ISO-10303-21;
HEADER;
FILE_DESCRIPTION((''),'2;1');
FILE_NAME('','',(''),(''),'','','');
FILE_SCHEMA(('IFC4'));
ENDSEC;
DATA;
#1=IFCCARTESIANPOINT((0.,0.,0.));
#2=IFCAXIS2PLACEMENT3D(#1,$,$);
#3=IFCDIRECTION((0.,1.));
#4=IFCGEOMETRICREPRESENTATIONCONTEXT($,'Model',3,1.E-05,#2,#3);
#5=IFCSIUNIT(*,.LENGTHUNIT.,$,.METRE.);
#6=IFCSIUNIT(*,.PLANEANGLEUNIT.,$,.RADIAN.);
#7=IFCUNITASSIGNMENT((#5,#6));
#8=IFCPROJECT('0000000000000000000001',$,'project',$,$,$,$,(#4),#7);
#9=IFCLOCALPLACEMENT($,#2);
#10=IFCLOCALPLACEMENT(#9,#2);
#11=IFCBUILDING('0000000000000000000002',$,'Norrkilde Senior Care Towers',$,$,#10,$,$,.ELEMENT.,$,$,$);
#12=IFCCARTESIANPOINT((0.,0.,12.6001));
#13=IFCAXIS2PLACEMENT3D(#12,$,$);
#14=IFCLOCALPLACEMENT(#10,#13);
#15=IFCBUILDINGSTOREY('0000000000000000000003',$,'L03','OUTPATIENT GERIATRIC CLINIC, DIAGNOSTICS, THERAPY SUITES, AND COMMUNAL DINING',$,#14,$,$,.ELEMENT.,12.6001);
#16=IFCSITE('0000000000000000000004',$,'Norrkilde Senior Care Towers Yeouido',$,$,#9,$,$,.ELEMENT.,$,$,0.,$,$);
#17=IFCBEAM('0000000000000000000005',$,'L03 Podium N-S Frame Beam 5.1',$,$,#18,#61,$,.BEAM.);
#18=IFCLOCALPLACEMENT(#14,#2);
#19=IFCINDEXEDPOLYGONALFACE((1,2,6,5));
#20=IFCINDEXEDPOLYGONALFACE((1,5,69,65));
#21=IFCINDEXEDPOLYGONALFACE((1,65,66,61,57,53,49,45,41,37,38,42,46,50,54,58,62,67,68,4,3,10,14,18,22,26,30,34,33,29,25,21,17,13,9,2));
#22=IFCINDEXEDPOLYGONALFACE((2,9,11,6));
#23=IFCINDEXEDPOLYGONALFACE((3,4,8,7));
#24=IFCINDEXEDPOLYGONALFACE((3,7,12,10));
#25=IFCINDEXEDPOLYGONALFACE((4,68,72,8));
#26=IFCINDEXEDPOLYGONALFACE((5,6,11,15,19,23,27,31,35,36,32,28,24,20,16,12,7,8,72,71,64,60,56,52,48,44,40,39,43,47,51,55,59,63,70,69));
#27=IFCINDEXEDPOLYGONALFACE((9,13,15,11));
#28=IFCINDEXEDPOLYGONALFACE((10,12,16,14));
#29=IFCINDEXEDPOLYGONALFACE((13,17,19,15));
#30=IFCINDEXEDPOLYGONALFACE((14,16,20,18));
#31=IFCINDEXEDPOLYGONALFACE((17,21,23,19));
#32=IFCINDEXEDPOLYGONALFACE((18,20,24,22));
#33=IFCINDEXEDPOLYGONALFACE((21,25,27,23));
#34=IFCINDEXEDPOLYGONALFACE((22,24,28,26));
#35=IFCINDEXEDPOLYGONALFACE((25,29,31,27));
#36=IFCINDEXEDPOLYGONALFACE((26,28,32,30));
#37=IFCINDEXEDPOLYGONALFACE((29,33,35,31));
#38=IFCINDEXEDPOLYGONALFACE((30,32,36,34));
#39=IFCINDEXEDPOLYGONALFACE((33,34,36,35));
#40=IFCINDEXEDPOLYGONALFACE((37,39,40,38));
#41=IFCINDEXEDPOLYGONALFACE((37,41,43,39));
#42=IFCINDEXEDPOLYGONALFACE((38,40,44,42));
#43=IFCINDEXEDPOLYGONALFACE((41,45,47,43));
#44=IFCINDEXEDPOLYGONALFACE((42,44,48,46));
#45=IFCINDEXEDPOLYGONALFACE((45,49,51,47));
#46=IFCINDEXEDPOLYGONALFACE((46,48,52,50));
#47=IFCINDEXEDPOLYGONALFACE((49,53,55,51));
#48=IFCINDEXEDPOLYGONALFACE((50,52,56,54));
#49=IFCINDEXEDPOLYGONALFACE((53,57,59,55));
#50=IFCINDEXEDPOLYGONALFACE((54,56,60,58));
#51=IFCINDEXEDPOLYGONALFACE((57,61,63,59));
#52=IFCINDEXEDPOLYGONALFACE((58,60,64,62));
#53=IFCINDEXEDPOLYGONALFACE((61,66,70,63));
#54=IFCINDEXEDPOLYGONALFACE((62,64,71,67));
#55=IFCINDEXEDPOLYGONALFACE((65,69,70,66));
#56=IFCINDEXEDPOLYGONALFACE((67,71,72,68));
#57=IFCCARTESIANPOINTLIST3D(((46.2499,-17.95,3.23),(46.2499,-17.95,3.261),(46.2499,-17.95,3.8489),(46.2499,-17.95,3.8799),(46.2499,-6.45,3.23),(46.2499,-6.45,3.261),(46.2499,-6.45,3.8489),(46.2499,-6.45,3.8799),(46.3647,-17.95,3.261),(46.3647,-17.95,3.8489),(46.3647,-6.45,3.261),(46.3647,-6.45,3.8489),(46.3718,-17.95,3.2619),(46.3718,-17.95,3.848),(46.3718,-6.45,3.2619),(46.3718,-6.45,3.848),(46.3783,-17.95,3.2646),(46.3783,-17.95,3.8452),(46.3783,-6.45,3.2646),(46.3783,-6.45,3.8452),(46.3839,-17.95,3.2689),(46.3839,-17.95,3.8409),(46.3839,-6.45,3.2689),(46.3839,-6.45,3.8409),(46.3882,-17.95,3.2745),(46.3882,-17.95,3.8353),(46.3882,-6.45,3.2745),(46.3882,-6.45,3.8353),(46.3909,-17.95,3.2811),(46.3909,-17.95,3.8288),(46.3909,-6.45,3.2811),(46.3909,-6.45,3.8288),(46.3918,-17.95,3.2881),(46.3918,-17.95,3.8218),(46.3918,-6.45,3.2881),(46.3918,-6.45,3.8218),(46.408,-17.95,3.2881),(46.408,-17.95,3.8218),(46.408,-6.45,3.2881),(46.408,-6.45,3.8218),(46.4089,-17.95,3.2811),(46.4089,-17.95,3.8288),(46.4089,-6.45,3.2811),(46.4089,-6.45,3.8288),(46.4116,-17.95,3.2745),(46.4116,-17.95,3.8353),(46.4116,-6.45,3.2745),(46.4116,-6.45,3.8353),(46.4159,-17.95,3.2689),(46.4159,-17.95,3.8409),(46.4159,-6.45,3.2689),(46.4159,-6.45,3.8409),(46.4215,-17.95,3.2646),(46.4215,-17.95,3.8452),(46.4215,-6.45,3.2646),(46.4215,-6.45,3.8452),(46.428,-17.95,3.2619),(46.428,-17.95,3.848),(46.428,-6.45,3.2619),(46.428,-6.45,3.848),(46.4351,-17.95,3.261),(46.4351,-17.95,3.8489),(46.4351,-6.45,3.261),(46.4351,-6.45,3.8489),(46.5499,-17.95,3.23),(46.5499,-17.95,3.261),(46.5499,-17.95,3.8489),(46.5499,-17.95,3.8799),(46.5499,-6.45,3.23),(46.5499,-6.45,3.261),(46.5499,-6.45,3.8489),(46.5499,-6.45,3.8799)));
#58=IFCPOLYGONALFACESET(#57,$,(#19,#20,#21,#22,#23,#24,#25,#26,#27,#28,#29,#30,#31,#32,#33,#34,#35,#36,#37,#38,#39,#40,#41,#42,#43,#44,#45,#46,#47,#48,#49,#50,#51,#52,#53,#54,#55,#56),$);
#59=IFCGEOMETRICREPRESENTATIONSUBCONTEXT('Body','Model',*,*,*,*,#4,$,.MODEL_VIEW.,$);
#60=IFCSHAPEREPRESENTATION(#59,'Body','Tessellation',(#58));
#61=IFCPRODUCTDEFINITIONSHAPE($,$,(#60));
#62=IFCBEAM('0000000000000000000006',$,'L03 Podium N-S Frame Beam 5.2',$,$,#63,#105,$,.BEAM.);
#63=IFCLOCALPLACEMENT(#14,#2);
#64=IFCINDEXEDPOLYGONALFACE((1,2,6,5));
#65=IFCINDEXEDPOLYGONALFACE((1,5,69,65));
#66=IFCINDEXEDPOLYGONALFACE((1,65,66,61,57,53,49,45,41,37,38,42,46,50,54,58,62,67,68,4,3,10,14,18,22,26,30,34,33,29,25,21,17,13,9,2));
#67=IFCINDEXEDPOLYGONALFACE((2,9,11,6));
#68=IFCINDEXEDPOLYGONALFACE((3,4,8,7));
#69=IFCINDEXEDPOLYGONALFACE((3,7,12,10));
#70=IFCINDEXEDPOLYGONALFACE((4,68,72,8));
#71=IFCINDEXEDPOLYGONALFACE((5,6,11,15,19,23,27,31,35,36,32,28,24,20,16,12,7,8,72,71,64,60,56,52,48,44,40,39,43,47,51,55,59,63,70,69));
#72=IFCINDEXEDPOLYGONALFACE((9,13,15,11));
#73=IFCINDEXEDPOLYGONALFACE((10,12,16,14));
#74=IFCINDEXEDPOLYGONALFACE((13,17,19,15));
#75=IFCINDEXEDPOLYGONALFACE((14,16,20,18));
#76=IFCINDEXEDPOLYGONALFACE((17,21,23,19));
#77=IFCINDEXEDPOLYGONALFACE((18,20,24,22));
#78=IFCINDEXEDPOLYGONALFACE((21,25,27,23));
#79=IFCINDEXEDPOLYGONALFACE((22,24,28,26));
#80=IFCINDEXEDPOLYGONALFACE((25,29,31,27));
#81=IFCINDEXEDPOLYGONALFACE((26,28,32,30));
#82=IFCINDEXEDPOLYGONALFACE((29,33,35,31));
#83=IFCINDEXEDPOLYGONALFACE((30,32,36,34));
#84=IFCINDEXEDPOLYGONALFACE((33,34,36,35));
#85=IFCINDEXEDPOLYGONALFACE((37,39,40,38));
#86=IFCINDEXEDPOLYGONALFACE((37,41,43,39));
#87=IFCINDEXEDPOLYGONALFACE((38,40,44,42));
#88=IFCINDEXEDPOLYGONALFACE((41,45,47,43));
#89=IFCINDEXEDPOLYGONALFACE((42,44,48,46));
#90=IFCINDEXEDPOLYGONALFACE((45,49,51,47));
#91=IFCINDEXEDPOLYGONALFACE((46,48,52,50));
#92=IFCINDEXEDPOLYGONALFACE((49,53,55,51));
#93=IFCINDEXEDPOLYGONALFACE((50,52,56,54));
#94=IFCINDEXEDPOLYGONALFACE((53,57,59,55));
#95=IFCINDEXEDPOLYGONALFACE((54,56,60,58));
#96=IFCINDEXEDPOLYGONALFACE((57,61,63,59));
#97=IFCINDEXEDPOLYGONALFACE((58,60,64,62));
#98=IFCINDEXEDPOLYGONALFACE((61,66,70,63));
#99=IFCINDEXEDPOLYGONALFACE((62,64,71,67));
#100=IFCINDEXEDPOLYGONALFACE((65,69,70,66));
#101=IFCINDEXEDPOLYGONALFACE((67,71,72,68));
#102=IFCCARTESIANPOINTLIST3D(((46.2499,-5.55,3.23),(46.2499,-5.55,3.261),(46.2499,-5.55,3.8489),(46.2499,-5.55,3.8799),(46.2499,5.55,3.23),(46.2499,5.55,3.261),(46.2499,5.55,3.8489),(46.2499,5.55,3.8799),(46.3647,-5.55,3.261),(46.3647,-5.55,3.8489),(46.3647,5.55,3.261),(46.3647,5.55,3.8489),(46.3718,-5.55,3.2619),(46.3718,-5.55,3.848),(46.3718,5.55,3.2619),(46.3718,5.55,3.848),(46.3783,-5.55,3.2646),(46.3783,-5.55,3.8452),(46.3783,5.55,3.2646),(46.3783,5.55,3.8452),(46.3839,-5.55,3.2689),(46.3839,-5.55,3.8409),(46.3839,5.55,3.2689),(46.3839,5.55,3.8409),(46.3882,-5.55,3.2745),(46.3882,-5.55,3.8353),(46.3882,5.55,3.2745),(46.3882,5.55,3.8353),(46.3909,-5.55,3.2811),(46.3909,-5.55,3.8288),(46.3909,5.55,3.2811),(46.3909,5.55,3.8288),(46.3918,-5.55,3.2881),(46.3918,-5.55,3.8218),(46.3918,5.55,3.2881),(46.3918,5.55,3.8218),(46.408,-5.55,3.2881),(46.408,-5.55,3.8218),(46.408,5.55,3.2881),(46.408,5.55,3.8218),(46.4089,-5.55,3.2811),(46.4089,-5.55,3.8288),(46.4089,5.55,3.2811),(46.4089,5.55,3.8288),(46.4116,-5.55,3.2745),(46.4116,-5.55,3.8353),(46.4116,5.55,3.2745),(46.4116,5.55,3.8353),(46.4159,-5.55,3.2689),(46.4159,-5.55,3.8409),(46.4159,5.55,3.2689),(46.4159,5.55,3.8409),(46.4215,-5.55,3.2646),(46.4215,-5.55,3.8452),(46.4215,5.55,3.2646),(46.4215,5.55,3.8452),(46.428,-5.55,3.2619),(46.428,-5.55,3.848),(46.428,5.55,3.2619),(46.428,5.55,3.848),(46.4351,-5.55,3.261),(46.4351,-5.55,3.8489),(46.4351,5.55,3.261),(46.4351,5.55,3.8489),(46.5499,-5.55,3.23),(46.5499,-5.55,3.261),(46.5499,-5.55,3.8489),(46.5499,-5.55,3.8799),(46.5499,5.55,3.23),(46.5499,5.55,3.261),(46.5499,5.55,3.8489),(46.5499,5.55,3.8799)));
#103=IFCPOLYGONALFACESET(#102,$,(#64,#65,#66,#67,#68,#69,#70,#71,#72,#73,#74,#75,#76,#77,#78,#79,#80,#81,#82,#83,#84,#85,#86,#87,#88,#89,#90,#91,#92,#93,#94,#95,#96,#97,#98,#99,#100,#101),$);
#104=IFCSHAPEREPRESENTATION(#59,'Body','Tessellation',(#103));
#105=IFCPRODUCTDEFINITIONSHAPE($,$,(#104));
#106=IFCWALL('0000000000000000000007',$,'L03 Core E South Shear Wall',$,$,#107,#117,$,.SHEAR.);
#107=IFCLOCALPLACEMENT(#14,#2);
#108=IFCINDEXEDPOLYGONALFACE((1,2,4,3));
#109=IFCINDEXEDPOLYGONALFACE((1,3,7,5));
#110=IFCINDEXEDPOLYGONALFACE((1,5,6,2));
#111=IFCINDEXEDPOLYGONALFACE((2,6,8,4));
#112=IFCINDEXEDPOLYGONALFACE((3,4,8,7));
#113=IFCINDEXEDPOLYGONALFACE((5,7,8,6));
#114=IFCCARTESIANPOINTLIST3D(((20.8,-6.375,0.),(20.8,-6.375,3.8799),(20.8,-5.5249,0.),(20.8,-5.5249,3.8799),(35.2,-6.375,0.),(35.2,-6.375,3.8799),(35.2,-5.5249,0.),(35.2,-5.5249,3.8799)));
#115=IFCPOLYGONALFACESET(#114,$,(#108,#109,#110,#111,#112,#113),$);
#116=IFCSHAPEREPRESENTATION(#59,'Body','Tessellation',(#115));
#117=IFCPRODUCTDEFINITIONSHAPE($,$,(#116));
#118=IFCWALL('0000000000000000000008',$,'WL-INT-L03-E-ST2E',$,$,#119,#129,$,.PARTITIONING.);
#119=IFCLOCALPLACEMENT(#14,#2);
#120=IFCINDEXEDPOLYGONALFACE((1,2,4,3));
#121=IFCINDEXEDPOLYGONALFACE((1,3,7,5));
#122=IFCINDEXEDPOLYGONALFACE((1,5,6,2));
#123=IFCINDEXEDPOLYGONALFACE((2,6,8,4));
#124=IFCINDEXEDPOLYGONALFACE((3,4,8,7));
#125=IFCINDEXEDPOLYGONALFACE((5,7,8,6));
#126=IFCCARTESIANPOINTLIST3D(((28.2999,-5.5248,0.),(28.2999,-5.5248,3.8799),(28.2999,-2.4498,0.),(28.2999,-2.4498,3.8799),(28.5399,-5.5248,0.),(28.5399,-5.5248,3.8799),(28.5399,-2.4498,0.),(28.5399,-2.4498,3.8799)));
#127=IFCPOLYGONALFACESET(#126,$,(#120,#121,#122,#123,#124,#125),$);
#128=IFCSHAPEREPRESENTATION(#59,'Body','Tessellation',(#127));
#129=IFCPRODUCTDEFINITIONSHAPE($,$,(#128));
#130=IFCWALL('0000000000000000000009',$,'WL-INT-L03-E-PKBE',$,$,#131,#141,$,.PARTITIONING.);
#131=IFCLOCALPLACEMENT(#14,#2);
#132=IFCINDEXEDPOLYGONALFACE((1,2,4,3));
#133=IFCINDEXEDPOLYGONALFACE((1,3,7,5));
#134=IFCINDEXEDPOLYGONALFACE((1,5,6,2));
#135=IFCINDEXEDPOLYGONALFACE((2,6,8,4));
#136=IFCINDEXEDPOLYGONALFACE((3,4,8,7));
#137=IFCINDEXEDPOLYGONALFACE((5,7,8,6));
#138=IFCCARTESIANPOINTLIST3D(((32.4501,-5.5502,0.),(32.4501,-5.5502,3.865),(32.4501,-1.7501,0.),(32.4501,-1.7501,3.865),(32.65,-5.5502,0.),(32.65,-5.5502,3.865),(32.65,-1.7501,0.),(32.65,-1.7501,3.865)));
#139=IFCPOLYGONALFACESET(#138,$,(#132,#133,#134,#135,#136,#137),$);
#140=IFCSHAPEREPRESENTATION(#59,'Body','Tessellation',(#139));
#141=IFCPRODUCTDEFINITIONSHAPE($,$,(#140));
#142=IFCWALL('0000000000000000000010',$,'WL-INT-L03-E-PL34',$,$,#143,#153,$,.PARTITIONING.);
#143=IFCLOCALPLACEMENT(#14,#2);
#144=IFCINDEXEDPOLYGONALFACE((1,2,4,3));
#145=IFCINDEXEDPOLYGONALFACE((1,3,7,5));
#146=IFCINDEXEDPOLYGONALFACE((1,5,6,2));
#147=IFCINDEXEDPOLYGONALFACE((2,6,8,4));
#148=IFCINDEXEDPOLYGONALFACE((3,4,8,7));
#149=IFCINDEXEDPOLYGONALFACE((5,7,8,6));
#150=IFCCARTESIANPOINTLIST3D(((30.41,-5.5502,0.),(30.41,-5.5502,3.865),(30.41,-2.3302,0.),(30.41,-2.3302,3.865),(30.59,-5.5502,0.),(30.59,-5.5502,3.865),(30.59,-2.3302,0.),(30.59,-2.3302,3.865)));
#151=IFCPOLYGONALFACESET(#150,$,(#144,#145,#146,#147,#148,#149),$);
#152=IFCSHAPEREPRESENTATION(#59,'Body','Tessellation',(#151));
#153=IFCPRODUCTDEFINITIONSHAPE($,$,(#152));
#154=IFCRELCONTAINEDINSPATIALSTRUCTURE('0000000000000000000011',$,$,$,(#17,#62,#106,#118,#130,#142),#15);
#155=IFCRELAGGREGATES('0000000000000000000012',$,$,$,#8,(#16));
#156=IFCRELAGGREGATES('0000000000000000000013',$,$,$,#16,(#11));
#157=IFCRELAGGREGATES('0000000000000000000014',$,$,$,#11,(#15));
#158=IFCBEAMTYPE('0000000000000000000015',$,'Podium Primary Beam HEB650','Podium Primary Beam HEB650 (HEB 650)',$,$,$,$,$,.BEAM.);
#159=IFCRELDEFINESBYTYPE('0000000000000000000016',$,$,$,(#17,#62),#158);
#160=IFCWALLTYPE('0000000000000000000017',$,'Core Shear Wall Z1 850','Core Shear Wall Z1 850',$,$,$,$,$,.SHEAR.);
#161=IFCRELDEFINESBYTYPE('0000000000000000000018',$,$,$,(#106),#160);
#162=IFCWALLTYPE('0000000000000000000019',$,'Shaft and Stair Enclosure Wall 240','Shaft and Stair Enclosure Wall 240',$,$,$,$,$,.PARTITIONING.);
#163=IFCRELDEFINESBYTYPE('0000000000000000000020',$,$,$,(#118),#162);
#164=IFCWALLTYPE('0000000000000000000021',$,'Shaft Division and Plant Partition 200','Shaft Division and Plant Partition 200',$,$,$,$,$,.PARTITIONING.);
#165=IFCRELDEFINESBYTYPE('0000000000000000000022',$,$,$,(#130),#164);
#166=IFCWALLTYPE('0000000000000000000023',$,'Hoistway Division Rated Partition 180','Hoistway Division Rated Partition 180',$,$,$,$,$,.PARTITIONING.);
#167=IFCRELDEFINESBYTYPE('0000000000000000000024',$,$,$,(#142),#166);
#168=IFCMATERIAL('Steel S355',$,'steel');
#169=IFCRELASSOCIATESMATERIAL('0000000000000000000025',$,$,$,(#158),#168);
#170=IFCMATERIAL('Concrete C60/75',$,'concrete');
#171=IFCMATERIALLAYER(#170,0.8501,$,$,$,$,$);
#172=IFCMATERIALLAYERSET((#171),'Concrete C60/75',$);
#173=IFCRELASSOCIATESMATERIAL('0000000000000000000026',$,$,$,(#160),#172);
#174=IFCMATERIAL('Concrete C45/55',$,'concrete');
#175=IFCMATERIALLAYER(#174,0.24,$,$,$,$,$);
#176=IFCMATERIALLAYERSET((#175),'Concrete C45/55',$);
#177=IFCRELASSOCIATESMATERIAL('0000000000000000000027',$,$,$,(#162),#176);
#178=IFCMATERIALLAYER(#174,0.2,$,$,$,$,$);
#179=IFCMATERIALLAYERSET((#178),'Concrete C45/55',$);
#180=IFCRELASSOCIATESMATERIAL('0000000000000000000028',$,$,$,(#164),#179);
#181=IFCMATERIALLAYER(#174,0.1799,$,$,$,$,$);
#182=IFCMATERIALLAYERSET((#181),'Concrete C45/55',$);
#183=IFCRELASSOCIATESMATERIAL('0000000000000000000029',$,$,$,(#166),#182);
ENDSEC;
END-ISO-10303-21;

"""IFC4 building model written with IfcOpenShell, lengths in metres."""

from ifc_helpers import new_model, si_unit, direction, frame, frame_2d, origin, origin_2d, place, context, subcontext, project, spatial, rectangle, i_section, extrude, source, transform, mapped, material, layer, layer_set, material_profile, profile_set, type_object, type_shapes, element, save


model = new_model("IFC4")

# Units and contexts
model_context = context("Model", 3, precision=1e-05, world=origin(), true_north=direction((0.0, 1.0)))
body_context = subcontext(model_context, "Body", "Model", "MODEL_VIEW")
ifc_project = project(units=[si_unit("LENGTHUNIT", "METRE"), si_unit("PLANEANGLEUNIT", "RADIAN")], contexts=[model_context])

# Site, building, storey
site_placement = place(None, origin())
site = spatial("IfcSite", under=ifc_project, at=site_placement, Name="Norrkilde Senior Care Towers Yeouido", CompositionType="ELEMENT", RefElevation=0.0)
building_placement = place(site_placement, origin())
building = spatial("IfcBuilding", under=site, at=building_placement, Name="Norrkilde Senior Care Towers", CompositionType="ELEMENT")
storey_placement = place(building_placement, frame((0.0, 0.0, 12.6001)))
storey = spatial("IfcBuildingStorey", under=building, at=storey_placement, Name="L03", Description="OUTPATIENT GERIATRIC CLINIC, DIAGNOSTICS, THERAPY SUITES, AND COMMUNAL DINING", CompositionType="ELEMENT", Elevation=12.6001)

# Shared definitions
ifc_material_1 = material(Name="Concrete C60/75", Category="concrete")

# Beams
ifc_material_2 = material(Name="Steel S355", Category="steel")
ifc_material_profile_1 = material_profile(ifc_material_2, i_section(OverallWidth=0.3, OverallDepth=0.6499, WebThickness=0.0161, FlangeThickness=0.031, FilletRadius=0.0271, at=origin_2d()), Name="HEB 650")
ifc_profile_set_1 = profile_set([ifc_material_profile_1], Name="Steel S355")
beam_type_1 = type_object("IfcBeamType", Name="Podium Primary Beam HEB650", Description="Podium Primary Beam HEB650 (HEB 650)", PredefinedType="BEAM", material=ifc_profile_set_1)
shared_shape_1 = source(origin(), body_context, "Body", "SweptSolid", [
    extrude(i_section(OverallWidth=0.3, OverallDepth=0.6499, WebThickness=0.0161, FlangeThickness=0.031, FilletRadius=0.0271, at=origin_2d()), origin(), (0.0, 0.0, 1.0), 11.5),
])
beam_1_placement = place(storey_placement, frame((46.3999, -17.95, 3.5549), z_axis=(0.0, 1.0, 0.0), x_axis=(-1.0, 0.0, 0.0)))
element("IfcBeam", 1, at=beam_1_placement, inside=storey, type_object=beam_type_1, Name="L03 Podium N-S Frame Beam 5.1", PredefinedType="BEAM", context=body_context, shape_type="MappedRepresentation", body=[
    mapped(shared_shape_1, transform((0.0, 0.0, 0.0), x_axis=(1.0, 0.0, 0.0), y_axis=(0.0, 1.0, 0.0), z_axis=(0.0, 0.0, 1.0), scale=1.0)),
])
shared_shape_2 = source(origin(), body_context, "Body", "SweptSolid", [
    extrude(i_section(OverallWidth=0.3, OverallDepth=0.6499, WebThickness=0.0161, FlangeThickness=0.031, FilletRadius=0.0271, at=origin_2d()), origin(), (0.0, 0.0, 1.0), 11.1001),
])
beam_2_placement = place(storey_placement, frame((46.3999, -5.55, 3.5549), z_axis=(0.0, 1.0, 0.0), x_axis=(-1.0, 0.0, 0.0)))
element("IfcBeam", 2, at=beam_2_placement, inside=storey, type_object=beam_type_1, Name="L03 Podium N-S Frame Beam 5.2", PredefinedType="BEAM", context=body_context, shape_type="MappedRepresentation", body=[
    mapped(shared_shape_2, transform((0.0, 0.0, 0.0), x_axis=(1.0, 0.0, 0.0), y_axis=(0.0, 1.0, 0.0), z_axis=(0.0, 0.0, 1.0), scale=1.0)),
])

# Wall
ifc_layer_1 = layer(ifc_material_1, 0.8501)
ifc_layer_set_1 = layer_set([ifc_layer_1], Name="Concrete C60/75")
wall_type_1 = type_object("IfcWallType", Name="Core Shear Wall Z1 850", Description="Core Shear Wall Z1 850", PredefinedType="SHEAR", material=ifc_layer_set_1)
shared_shape_3 = source(origin(), body_context, "Body", "SweptSolid", [
    extrude(rectangle(XDim=14.3999, YDim=0.8501, at=frame_2d((7.2, 0.0))), origin(), (0.0, 0.0, 1.0), 3.8799),
])
type_shapes(wall_type_1, [shared_shape_3])
wall_1_placement = place(storey_placement, frame((35.2, -5.95, 0.0), z_axis=(0.0, 0.0, 1.0), x_axis=(-1.0, 0.0, 0.0)))
element("IfcWall", 3, at=wall_1_placement, inside=storey, type_object=wall_type_1, Name="L03 Core E South Shear Wall", PredefinedType="SHEAR", context=body_context, shape_type="MappedRepresentation", body=[
    mapped(shared_shape_3, transform((0.0, 0.0, 0.0), x_axis=(1.0, 0.0, 0.0), y_axis=(0.0, 1.0, 0.0), z_axis=(0.0, 0.0, 1.0), scale=1.0)),
])

# Walls
ifc_material_3 = material(Name="Concrete C45/55", Category="concrete")
ifc_layer_2 = layer(ifc_material_3, 0.24)
ifc_layer_set_2 = layer_set([ifc_layer_2], Name="Concrete C45/55")
wall_type_2 = type_object("IfcWallType", Name="Shaft and Stair Enclosure Wall 240", Description="Shaft and Stair Enclosure Wall 240", PredefinedType="PARTITIONING", material=ifc_layer_set_2)
shared_shape_4 = source(origin(), body_context, "Body", "SweptSolid", [
    extrude(rectangle(XDim=3.075, YDim=0.24, at=frame_2d((1.5376, 0.0))), origin(), (0.0, 0.0, 1.0), 3.8799),
])
type_shapes(wall_type_2, [shared_shape_4])
wall_2_placement = place(storey_placement, frame((28.4199, -5.5249, 0.0), z_axis=(0.0, 0.0, 1.0), x_axis=(0.0, 1.0, 0.0)))
element("IfcWall", 4, at=wall_2_placement, inside=storey, type_object=wall_type_2, Name="WL-INT-L03-E-ST2E", PredefinedType="PARTITIONING", context=body_context, shape_type="MappedRepresentation", body=[
    mapped(shared_shape_4, transform((0.0, 0.0, 0.0), x_axis=(1.0, 0.0, 0.0), y_axis=(0.0, 1.0, 0.0), z_axis=(0.0, 0.0, 1.0), scale=1.0)),
])
ifc_layer_3 = layer(ifc_material_3, 0.2)
ifc_layer_set_3 = layer_set([ifc_layer_3], Name="Concrete C45/55")
wall_type_3 = type_object("IfcWallType", Name="Shaft Division and Plant Partition 200", Description="Shaft Division and Plant Partition 200", PredefinedType="PARTITIONING", material=ifc_layer_set_3)
shared_shape_5 = source(origin(), body_context, "Body", "SweptSolid", [
    extrude(rectangle(XDim=3.8, YDim=0.2, at=frame_2d((1.8999, 0.0))), origin(), (0.0, 0.0, 1.0), 3.865),
])
type_shapes(wall_type_3, [shared_shape_5])
wall_3_placement = place(storey_placement, frame((32.55, -5.55, 0.0), z_axis=(0.0, 0.0, 1.0), x_axis=(0.0, 1.0, 0.0)))
element("IfcWall", 5, at=wall_3_placement, inside=storey, type_object=wall_type_3, Name="WL-INT-L03-E-PKBE", PredefinedType="PARTITIONING", context=body_context, shape_type="MappedRepresentation", body=[
    mapped(shared_shape_5, transform((0.0, 0.0, 0.0), x_axis=(1.0, 0.0, 0.0), y_axis=(0.0, 1.0, 0.0), z_axis=(0.0, 0.0, 1.0), scale=1.0)),
])
ifc_layer_4 = layer(ifc_material_3, 0.1799)
ifc_layer_set_4 = layer_set([ifc_layer_4], Name="Concrete C45/55")
wall_type_4 = type_object("IfcWallType", Name="Hoistway Division Rated Partition 180", Description="Hoistway Division Rated Partition 180", PredefinedType="PARTITIONING", material=ifc_layer_set_4)
shared_shape_6 = source(origin(), body_context, "Body", "SweptSolid", [
    extrude(rectangle(XDim=3.22, YDim=0.1799, at=frame_2d((1.6099, 0.0))), origin(), (0.0, 0.0, 1.0), 3.865),
])
type_shapes(wall_type_4, [shared_shape_6])
wall_4_placement = place(storey_placement, frame((30.5, -5.55, 0.0), z_axis=(0.0, 0.0, 1.0), x_axis=(0.0, 1.0, 0.0)))
element("IfcWall", 6, at=wall_4_placement, inside=storey, type_object=wall_type_4, Name="WL-INT-L03-E-PL34", PredefinedType="PARTITIONING", context=body_context, shape_type="MappedRepresentation", body=[
    mapped(shared_shape_6, transform((0.0, 0.0, 0.0), x_axis=(1.0, 0.0, 0.0), y_axis=(0.0, 1.0, 0.0), z_axis=(0.0, 0.0, 1.0), scale=1.0)),
])

save(model, "model.ifc")
